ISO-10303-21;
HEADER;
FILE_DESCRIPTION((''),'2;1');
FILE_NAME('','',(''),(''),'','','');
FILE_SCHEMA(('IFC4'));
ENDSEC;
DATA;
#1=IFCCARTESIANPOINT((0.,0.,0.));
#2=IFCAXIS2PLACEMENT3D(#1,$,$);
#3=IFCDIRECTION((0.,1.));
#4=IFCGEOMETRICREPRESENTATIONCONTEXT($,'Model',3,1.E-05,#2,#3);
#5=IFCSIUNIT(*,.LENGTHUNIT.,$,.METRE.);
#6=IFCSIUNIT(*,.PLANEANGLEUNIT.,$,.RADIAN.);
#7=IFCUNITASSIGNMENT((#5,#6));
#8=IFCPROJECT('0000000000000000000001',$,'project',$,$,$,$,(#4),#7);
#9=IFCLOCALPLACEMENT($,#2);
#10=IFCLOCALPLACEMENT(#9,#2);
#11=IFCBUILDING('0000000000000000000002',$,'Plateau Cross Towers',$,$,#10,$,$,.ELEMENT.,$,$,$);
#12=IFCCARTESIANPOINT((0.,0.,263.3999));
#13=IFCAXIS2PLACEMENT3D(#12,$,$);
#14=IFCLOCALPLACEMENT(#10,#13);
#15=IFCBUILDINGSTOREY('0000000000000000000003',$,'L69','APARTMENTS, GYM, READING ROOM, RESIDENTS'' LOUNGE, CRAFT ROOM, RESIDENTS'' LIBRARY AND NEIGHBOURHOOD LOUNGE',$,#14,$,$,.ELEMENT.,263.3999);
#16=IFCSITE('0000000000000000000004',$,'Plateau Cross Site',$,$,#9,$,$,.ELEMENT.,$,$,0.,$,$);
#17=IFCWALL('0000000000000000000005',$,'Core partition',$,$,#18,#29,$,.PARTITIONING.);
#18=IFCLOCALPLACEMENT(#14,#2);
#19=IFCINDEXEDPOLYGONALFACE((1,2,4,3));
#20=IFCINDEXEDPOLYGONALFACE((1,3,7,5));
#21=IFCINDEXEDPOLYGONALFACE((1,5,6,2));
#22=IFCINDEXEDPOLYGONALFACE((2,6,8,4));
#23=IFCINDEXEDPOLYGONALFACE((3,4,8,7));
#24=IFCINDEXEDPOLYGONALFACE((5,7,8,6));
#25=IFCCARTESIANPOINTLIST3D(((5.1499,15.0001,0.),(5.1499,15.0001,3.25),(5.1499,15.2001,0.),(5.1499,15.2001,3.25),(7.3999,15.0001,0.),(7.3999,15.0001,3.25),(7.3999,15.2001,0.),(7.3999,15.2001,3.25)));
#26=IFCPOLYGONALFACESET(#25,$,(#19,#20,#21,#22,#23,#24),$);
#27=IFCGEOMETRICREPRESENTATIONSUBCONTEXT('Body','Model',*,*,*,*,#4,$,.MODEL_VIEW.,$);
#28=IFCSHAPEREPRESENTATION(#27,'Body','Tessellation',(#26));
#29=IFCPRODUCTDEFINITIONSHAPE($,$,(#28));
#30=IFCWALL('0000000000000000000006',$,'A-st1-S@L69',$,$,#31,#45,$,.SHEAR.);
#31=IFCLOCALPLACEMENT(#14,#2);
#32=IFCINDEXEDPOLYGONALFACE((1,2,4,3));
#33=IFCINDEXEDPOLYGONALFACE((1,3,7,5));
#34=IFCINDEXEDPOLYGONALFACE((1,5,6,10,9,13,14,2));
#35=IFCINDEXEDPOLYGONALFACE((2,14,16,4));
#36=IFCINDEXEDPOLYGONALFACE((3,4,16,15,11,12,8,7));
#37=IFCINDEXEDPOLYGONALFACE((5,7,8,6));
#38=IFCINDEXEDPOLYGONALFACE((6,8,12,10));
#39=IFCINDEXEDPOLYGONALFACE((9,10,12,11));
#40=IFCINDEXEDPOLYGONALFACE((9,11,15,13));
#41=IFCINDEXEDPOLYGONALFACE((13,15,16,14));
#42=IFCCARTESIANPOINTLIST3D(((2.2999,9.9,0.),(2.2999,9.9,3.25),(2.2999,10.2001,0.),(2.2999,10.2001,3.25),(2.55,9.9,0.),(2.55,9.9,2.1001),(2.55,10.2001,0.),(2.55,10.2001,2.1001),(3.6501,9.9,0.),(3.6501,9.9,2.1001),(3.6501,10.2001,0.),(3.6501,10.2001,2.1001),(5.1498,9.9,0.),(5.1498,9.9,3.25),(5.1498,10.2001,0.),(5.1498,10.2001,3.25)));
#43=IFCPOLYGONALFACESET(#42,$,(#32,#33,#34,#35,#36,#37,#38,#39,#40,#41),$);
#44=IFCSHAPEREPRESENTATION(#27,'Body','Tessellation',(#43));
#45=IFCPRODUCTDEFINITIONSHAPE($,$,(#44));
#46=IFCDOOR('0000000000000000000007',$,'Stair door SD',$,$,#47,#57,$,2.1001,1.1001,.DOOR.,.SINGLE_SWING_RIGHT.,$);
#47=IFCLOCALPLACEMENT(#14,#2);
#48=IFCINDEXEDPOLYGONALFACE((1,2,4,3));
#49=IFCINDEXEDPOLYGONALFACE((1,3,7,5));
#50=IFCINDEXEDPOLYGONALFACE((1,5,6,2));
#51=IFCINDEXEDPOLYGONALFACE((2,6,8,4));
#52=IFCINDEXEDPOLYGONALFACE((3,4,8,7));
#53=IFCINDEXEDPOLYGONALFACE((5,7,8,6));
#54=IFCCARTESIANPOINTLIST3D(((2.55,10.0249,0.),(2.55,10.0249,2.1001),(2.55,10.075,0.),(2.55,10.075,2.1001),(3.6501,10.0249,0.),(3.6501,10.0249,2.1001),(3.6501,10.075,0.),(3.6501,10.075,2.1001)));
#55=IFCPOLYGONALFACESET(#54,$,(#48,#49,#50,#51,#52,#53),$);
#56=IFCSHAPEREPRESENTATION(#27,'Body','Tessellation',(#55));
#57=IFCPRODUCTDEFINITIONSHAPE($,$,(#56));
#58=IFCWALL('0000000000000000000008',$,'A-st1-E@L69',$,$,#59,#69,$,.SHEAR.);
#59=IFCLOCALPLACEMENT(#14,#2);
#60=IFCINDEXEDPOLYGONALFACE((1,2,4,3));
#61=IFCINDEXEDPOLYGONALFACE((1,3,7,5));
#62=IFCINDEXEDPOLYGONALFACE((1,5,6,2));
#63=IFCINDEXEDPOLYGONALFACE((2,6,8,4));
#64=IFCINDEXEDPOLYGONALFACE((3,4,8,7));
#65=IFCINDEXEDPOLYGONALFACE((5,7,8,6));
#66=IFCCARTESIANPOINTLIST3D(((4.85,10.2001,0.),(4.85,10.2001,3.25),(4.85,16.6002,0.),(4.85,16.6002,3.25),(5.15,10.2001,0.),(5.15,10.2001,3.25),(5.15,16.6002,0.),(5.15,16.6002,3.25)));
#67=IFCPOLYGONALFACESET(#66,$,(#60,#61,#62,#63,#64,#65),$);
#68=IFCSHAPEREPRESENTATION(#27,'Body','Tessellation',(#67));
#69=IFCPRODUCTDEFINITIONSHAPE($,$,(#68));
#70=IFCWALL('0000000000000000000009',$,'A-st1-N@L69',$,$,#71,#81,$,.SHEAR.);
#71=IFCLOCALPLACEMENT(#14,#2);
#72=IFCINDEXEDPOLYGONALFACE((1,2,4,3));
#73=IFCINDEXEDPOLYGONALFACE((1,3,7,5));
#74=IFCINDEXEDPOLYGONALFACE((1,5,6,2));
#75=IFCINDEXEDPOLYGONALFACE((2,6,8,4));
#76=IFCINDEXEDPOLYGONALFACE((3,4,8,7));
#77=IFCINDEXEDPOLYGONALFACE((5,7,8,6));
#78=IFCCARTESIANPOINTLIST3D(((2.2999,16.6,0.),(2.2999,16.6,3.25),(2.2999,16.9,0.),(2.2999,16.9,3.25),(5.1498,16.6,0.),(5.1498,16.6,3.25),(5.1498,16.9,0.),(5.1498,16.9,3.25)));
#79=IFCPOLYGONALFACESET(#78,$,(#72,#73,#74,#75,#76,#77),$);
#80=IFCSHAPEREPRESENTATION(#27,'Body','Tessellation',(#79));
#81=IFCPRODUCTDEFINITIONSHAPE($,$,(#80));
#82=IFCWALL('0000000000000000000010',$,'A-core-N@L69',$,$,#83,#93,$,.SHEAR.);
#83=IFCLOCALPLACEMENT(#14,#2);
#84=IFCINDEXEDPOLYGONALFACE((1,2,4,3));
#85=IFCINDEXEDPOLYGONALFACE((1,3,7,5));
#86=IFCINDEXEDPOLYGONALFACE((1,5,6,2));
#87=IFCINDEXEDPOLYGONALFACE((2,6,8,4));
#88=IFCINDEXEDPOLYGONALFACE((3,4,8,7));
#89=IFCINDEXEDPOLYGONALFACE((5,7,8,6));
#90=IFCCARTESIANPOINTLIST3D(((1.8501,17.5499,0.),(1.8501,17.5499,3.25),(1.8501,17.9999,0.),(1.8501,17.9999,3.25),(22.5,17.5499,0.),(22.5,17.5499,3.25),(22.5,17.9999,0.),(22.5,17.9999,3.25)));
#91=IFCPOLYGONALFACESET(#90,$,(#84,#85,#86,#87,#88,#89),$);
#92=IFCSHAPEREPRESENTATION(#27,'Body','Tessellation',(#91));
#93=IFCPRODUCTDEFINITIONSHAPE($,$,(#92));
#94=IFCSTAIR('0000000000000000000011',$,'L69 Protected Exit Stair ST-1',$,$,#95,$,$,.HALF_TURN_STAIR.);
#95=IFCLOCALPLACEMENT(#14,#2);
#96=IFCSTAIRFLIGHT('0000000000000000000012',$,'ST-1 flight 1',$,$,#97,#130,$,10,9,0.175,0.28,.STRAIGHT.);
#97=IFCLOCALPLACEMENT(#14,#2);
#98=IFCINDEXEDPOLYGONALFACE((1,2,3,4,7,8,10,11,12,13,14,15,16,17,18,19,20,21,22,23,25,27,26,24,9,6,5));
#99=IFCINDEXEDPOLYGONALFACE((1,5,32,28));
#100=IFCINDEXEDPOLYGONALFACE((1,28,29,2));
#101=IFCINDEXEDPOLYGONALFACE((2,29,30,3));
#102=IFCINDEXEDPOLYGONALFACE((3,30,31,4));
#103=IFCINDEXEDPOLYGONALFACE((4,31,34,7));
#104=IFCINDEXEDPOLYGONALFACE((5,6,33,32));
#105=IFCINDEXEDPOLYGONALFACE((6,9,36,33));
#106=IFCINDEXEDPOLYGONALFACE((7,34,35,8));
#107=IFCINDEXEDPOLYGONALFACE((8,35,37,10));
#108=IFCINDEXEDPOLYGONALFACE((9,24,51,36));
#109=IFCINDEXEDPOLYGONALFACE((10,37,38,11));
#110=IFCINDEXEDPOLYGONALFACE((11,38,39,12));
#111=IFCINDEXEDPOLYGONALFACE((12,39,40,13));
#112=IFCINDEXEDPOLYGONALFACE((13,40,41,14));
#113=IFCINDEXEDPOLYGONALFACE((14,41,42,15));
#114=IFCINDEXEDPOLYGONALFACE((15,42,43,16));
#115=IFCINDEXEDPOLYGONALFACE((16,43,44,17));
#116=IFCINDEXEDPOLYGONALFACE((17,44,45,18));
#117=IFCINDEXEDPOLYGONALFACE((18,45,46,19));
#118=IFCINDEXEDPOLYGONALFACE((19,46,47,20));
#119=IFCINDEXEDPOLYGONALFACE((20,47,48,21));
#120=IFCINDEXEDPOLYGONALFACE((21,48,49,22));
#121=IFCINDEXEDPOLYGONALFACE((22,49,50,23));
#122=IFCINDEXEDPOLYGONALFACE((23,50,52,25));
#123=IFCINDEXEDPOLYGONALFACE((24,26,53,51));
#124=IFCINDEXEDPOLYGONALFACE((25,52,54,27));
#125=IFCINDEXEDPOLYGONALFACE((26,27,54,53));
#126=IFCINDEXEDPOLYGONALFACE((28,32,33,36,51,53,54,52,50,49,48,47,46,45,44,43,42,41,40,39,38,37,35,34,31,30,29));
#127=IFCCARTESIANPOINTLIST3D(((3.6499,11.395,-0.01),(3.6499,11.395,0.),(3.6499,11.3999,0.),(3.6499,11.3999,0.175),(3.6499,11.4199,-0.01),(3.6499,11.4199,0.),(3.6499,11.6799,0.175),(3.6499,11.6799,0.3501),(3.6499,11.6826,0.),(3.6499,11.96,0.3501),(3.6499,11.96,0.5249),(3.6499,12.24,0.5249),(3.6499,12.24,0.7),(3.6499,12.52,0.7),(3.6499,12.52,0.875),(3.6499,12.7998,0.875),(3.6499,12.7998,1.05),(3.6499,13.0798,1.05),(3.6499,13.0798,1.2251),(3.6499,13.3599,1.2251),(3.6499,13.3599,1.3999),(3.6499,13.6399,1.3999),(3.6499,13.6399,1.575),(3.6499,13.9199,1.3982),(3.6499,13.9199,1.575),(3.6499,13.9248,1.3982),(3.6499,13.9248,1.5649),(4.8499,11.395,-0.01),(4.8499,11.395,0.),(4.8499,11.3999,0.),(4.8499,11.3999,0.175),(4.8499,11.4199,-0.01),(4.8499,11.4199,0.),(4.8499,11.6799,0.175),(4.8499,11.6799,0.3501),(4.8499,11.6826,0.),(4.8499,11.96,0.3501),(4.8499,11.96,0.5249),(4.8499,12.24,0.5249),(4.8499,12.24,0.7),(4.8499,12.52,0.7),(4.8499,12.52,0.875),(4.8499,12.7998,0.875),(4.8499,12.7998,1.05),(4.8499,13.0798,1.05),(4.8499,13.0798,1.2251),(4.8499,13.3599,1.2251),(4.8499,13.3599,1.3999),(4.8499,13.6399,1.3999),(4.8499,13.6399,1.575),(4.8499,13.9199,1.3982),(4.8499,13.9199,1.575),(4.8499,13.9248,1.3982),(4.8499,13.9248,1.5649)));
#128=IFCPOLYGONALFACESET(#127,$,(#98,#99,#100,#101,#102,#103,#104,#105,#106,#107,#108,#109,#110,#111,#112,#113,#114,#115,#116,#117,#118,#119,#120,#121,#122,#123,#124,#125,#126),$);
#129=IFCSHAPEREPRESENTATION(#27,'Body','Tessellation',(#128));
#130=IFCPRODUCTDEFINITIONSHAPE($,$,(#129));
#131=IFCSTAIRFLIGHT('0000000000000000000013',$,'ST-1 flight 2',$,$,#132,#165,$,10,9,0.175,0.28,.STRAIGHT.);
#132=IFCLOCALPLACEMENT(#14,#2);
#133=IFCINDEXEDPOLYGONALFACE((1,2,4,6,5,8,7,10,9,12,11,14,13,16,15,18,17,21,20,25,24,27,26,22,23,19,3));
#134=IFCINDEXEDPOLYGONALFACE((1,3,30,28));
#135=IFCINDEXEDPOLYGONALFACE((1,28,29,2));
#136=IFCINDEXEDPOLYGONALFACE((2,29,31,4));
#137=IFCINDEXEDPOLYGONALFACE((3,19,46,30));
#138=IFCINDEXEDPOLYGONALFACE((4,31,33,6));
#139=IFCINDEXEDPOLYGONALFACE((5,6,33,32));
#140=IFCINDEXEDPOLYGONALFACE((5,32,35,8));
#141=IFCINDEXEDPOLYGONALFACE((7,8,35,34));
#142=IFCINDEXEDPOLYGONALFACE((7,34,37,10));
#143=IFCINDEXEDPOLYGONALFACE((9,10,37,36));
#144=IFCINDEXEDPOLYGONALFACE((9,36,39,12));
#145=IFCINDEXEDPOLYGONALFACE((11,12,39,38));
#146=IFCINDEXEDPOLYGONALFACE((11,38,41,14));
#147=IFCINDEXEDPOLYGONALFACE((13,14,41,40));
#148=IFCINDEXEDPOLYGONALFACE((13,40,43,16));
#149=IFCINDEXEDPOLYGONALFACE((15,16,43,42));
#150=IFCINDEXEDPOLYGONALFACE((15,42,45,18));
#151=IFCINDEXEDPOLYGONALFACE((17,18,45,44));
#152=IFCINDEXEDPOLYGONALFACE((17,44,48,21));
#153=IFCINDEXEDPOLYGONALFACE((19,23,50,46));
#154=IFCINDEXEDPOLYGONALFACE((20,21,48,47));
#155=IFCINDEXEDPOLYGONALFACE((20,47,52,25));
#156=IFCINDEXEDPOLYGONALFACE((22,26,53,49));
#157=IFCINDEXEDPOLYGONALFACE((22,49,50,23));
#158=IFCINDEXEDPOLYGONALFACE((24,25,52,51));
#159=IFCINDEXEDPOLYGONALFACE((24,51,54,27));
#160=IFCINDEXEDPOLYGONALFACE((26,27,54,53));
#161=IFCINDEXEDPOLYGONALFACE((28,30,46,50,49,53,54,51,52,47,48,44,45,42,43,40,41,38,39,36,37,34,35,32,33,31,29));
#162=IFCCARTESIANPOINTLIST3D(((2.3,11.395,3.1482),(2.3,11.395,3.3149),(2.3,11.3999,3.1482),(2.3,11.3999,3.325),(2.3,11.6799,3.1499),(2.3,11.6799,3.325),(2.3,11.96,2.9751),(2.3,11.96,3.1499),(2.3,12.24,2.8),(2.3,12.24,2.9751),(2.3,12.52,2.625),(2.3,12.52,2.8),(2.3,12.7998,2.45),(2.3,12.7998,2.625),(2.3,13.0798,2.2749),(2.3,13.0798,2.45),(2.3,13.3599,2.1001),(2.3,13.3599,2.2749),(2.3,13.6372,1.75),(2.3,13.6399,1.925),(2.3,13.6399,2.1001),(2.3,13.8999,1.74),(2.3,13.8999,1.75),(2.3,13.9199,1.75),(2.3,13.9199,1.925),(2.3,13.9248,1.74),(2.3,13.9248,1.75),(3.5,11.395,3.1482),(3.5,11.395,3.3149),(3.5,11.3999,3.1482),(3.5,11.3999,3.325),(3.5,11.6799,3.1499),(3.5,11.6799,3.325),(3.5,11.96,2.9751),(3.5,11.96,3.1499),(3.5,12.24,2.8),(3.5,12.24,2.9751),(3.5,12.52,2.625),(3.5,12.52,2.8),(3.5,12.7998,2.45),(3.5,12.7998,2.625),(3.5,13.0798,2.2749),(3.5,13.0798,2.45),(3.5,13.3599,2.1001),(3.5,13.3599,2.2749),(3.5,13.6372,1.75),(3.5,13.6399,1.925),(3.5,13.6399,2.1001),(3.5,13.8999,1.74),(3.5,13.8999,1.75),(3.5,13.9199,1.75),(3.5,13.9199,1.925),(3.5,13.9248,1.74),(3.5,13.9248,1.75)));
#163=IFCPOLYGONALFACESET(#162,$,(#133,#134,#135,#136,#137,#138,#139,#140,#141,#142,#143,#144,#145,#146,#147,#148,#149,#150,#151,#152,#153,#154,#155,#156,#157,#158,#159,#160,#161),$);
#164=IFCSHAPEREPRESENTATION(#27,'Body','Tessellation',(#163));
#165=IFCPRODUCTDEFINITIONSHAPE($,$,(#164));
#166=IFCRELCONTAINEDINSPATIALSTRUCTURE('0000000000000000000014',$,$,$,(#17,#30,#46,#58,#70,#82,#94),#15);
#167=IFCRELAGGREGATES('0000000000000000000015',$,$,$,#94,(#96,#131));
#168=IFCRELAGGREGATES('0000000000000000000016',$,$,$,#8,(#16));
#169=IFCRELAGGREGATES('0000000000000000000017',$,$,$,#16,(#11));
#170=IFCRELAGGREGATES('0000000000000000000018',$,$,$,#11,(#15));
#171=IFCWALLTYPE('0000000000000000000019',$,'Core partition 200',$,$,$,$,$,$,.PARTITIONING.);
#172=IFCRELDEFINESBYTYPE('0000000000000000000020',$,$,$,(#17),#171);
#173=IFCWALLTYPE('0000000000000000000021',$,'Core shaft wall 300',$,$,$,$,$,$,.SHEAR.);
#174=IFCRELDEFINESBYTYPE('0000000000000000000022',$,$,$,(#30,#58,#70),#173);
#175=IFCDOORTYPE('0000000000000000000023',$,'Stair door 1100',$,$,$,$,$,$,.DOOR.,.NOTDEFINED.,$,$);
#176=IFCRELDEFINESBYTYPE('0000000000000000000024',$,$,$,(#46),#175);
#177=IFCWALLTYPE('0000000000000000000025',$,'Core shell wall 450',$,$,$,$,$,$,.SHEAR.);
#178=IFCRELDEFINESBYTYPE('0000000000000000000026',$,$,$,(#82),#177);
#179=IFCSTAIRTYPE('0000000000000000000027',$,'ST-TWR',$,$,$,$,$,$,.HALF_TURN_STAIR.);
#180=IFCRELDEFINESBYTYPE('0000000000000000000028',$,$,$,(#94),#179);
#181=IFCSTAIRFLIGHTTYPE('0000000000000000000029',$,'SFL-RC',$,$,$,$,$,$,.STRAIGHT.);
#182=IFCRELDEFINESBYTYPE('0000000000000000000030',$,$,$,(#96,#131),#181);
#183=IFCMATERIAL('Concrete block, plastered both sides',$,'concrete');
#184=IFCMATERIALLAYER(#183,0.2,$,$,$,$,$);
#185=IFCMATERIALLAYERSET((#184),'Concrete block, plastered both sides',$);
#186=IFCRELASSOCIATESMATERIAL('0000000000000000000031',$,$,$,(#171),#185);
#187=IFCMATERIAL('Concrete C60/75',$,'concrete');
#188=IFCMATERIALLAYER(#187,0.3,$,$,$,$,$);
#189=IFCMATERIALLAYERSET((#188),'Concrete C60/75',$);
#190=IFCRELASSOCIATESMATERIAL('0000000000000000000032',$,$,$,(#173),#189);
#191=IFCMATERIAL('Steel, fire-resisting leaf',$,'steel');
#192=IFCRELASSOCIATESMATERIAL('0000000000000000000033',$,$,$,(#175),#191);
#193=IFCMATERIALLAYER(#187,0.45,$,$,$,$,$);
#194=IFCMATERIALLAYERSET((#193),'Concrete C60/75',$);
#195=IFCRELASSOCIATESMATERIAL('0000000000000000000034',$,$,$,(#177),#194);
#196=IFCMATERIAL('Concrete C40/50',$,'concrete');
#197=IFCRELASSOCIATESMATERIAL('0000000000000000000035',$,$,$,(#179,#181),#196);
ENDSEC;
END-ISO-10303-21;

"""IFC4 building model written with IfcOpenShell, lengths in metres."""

from ifc_helpers import new_model, si_unit, direction, frame, frame_2d, origin, place, context, subcontext, project, spatial, polyline, rectangle, outline, extrude, material, layer, layer_set, type_object, element, fill, aggregate, save


model = new_model("IFC4")

# Units and contexts
model_context = context("Model", 3, precision=1e-05, world=origin(), true_north=direction((0.0, 1.0)))
body_context = subcontext(model_context, "Body", "Model", "MODEL_VIEW")
ifc_project = project(units=[si_unit("LENGTHUNIT", "METRE"), si_unit("PLANEANGLEUNIT", "RADIAN")], contexts=[model_context])

# Site, building, storey
site_placement = place(None, origin())
site = spatial("IfcSite", under=ifc_project, at=site_placement, Name="Plateau Cross Site", CompositionType="ELEMENT", RefElevation=0.0)
building_placement = place(site_placement, origin())
building = spatial("IfcBuilding", under=site, at=building_placement, Name="Plateau Cross Towers", CompositionType="ELEMENT")
storey_placement = place(building_placement, frame((0.0, 0.0, 263.3999)))
storey = spatial("IfcBuildingStorey", under=building, at=storey_placement, Name="L69", Description="APARTMENTS, GYM, READING ROOM, RESIDENTS' LOUNGE, CRAFT ROOM, RESIDENTS' LIBRARY AND NEIGHBOURHOOD LOUNGE", CompositionType="ELEMENT", Elevation=263.3999)

# Shared definitions
ifc_material_1 = material(Name="Concrete C60/75", Category="concrete")

# Wall
ifc_material_2 = material(Name="Concrete block, plastered both sides", Category="concrete")
ifc_layer_1 = layer(ifc_material_2, 0.2)
ifc_layer_set_1 = layer_set([ifc_layer_1], Name="Concrete block, plastered both sides")
wall_type_1 = type_object("IfcWallType", Name="Core partition 200", PredefinedType="PARTITIONING", material=ifc_layer_set_1)
for number, where, z_axis, x_axis, name in (
    (1, (5.1499, 15.1001, 0.0), (0.0, 0.0, 1.0), (1.0, 0.0, 0.0), "Core partition"),
):
    element("IfcWall", number, at=place(storey_placement, frame(where, z_axis=z_axis, x_axis=x_axis)), inside=storey, type_object=wall_type_1, Name=name, PredefinedType="PARTITIONING", context=body_context, shape_type="SweptSolid", body=[
        extrude(rectangle(XDim=2.25, YDim=0.2, at=frame_2d((1.125, 0.0))), origin(), (0.0, 0.0, 1.0), 3.25),
    ])

# Wall, opening, door
ifc_layer_2 = layer(ifc_material_1, 0.3)
ifc_layer_set_2 = layer_set([ifc_layer_2], Name="Concrete C60/75")
wall_type_2 = type_object("IfcWallType", Name="Core shaft wall 300", PredefinedType="SHEAR", material=ifc_layer_set_2)
wall_1_placement = place(storey_placement, frame((2.3, 10.05, 0.0), z_axis=(0.0, 0.0, 1.0), x_axis=(1.0, 0.0, 0.0)))
wall_1 = element("IfcWall", 2, at=wall_1_placement, inside=storey, type_object=wall_type_2, Name="A-st1-S@L69", PredefinedType="SHEAR", context=body_context, shape_type="SweptSolid", body=[
    extrude(rectangle(XDim=2.8499, YDim=0.3, at=frame_2d((1.4248, 0.0))), origin(), (0.0, 0.0, 1.0), 3.25),
])
opening_placement = place(wall_1_placement, frame((0.25, 0.0, 0.0)))
opening = element("IfcOpeningElement", 3, at=opening_placement, cuts=wall_1, PredefinedType="OPENING", context=body_context, shape_type="SweptSolid", body=[
    extrude(rectangle(XDim=1.1001, YDim=2.1001, at=frame_2d((0.55, 1.05))), frame((0.0, 0.1599, 0.0), z_axis=(0.0, -1.0, 0.0), x_axis=(1.0, 0.0, 0.0)), (0.0, 0.0, 1.0), 0.3201),
])
ifc_material_3 = material(Name="Steel, fire-resisting leaf", Category="steel")
door_type = type_object("IfcDoorType", Name="Stair door 1100", OperationType="NOTDEFINED", PredefinedType="DOOR", material=ifc_material_3)
door_placement = place(opening_placement, origin())
door = element("IfcDoor", 4, at=door_placement, inside=storey, type_object=door_type, Name="Stair door SD", OperationType="SINGLE_SWING_RIGHT", OverallHeight=2.1001, OverallWidth=1.1001, PredefinedType="DOOR", context=body_context, shape_type="SweptSolid", body=[
    extrude(rectangle(XDim=1.1001, YDim=2.1001, at=frame_2d((0.55, 1.05))), frame((0.0, 0.0249, 0.0), z_axis=(0.0, -1.0, 0.0), x_axis=(1.0, 0.0, 0.0)), (0.0, 0.0, 1.0), 0.05),
])
fill(opening, door)

# Walls
wall_2_placement = place(storey_placement, frame((5.0, 10.2, 0.0), z_axis=(0.0, 0.0, 1.0), x_axis=(0.0, 1.0, 0.0)))
element("IfcWall", 5, at=wall_2_placement, inside=storey, type_object=wall_type_2, Name="A-st1-E@L69", PredefinedType="SHEAR", context=body_context, shape_type="SweptSolid", body=[
    extrude(rectangle(XDim=6.4001, YDim=0.3, at=frame_2d((3.2002, 0.0))), origin(), (0.0, 0.0, 1.0), 3.25),
])
wall_3_placement = place(storey_placement, frame((2.3, 16.75, 0.0), z_axis=(0.0, 0.0, 1.0), x_axis=(1.0, 0.0, 0.0)))
element("IfcWall", 6, at=wall_3_placement, inside=storey, type_object=wall_type_2, Name="A-st1-N@L69", PredefinedType="SHEAR", context=body_context, shape_type="SweptSolid", body=[
    extrude(rectangle(XDim=2.8499, YDim=0.3, at=frame_2d((1.4248, 0.0))), origin(), (0.0, 0.0, 1.0), 3.25),
])
ifc_layer_3 = layer(ifc_material_1, 0.45)
ifc_layer_set_3 = layer_set([ifc_layer_3], Name="Concrete C60/75")
wall_type_3 = type_object("IfcWallType", Name="Core shell wall 450", PredefinedType="SHEAR", material=ifc_layer_set_3)
wall_4_placement = place(storey_placement, frame((1.8501, 17.7749, 0.0), z_axis=(0.0, 0.0, 1.0), x_axis=(1.0, 0.0, 0.0)))
element("IfcWall", 7, at=wall_4_placement, inside=storey, type_object=wall_type_3, Name="A-core-N@L69", PredefinedType="SHEAR", context=body_context, shape_type="SweptSolid", body=[
    extrude(rectangle(XDim=20.6499, YDim=0.45, at=frame_2d((10.325, 0.0))), origin(), (0.0, 0.0, 1.0), 3.25),
])

# Stair, stair flights
ifc_material_4 = material(Name="Concrete C40/50", Category="concrete")
stair_type = type_object("IfcStairType", Name="ST-TWR", PredefinedType="HALF_TURN_STAIR", material=ifc_material_4)
stair_placement = place(storey_placement, origin())
stair = element("IfcStair", 8, at=stair_placement, inside=storey, type_object=stair_type, Name="L69 Protected Exit Stair ST-1", PredefinedType="HALF_TURN_STAIR")
stair_flight_type = type_object("IfcStairFlightType", Name="SFL-RC", PredefinedType="STRAIGHT", material=ifc_material_4)
stair_flight_1_placement = place(storey_placement, frame((4.25, 11.3999, 0.0), z_axis=(0.0, 0.0, 1.0), x_axis=(0.0, 1.0, 0.0)))
stair_flight_1 = element("IfcStairFlight", 9, at=stair_flight_1_placement, type_object=stair_flight_type, Name="ST-1 flight 1", NumberOfRisers=10, NumberOfTreads=9, PredefinedType="STRAIGHT", RiserHeight=0.175, TreadLength=0.28, context=body_context, shape_type="SweptSolid", body=[
    extrude(outline(polyline([(-0.0049, -0.01), (-0.0049, 0.0), (0.0, 0.0), (0.0, 0.175), (0.28, 0.175), (0.28, 0.3501), (0.5601, 0.3501), (0.5601, 0.5249), (0.8401, 0.5249), (0.8401, 0.7), (1.1201, 0.7), (1.1201, 0.875), (1.3999, 0.875), (1.3999, 1.05), (1.6799, 1.05), (1.6799, 1.2251), (1.96, 1.2251), (1.96, 1.3999), (2.24, 1.3999), (2.24, 1.575), (2.52, 1.575), (2.5249, 1.5649), (2.5249, 1.3982), (2.52, 1.3982), (0.2827, 0.0), (0.02, 0.0), (0.02, -0.01), (-0.0049, -0.01)])), frame((0.0, 0.6001, 0.0), z_axis=(0.0, -1.0, 0.0), x_axis=(1.0, 0.0, 0.0)), (0.0, 0.0, 1.0), 1.2),
])
stair_flight_2_placement = place(storey_placement, frame((2.8999, 13.9199, 1.75), z_axis=(0.0, 0.0, 1.0), x_axis=(0.0, -1.0, 0.0)))
stair_flight_2 = element("IfcStairFlight", 10, at=stair_flight_2_placement, type_object=stair_flight_type, Name="ST-1 flight 2", NumberOfRisers=10, NumberOfTreads=9, PredefinedType="STRAIGHT", RiserHeight=0.175, TreadLength=0.28, context=body_context, shape_type="SweptSolid", body=[
    extrude(outline(polyline([(-0.0049, -0.01), (-0.0049, 0.0), (0.0, 0.0), (0.0, 0.175), (0.28, 0.175), (0.28, 0.3501), (0.5601, 0.3501), (0.5601, 0.5249), (0.8401, 0.5249), (0.8401, 0.7), (1.1201, 0.7), (1.1201, 0.875), (1.3999, 0.875), (1.3999, 1.05), (1.6799, 1.05), (1.6799, 1.2251), (1.96, 1.2251), (1.96, 1.3999), (2.24, 1.3999), (2.24, 1.575), (2.52, 1.575), (2.5249, 1.5649), (2.5249, 1.3982), (2.52, 1.3982), (0.2827, 0.0), (0.02, 0.0), (0.02, -0.01), (-0.0049, -0.01)])), frame((0.0, 0.6001, 0.0), z_axis=(0.0, -1.0, 0.0), x_axis=(1.0, 0.0, 0.0)), (0.0, 0.0, 1.0), 1.2),
])
aggregate(stair, [stair_flight_1, stair_flight_2])

save(model, "model.ifc")
